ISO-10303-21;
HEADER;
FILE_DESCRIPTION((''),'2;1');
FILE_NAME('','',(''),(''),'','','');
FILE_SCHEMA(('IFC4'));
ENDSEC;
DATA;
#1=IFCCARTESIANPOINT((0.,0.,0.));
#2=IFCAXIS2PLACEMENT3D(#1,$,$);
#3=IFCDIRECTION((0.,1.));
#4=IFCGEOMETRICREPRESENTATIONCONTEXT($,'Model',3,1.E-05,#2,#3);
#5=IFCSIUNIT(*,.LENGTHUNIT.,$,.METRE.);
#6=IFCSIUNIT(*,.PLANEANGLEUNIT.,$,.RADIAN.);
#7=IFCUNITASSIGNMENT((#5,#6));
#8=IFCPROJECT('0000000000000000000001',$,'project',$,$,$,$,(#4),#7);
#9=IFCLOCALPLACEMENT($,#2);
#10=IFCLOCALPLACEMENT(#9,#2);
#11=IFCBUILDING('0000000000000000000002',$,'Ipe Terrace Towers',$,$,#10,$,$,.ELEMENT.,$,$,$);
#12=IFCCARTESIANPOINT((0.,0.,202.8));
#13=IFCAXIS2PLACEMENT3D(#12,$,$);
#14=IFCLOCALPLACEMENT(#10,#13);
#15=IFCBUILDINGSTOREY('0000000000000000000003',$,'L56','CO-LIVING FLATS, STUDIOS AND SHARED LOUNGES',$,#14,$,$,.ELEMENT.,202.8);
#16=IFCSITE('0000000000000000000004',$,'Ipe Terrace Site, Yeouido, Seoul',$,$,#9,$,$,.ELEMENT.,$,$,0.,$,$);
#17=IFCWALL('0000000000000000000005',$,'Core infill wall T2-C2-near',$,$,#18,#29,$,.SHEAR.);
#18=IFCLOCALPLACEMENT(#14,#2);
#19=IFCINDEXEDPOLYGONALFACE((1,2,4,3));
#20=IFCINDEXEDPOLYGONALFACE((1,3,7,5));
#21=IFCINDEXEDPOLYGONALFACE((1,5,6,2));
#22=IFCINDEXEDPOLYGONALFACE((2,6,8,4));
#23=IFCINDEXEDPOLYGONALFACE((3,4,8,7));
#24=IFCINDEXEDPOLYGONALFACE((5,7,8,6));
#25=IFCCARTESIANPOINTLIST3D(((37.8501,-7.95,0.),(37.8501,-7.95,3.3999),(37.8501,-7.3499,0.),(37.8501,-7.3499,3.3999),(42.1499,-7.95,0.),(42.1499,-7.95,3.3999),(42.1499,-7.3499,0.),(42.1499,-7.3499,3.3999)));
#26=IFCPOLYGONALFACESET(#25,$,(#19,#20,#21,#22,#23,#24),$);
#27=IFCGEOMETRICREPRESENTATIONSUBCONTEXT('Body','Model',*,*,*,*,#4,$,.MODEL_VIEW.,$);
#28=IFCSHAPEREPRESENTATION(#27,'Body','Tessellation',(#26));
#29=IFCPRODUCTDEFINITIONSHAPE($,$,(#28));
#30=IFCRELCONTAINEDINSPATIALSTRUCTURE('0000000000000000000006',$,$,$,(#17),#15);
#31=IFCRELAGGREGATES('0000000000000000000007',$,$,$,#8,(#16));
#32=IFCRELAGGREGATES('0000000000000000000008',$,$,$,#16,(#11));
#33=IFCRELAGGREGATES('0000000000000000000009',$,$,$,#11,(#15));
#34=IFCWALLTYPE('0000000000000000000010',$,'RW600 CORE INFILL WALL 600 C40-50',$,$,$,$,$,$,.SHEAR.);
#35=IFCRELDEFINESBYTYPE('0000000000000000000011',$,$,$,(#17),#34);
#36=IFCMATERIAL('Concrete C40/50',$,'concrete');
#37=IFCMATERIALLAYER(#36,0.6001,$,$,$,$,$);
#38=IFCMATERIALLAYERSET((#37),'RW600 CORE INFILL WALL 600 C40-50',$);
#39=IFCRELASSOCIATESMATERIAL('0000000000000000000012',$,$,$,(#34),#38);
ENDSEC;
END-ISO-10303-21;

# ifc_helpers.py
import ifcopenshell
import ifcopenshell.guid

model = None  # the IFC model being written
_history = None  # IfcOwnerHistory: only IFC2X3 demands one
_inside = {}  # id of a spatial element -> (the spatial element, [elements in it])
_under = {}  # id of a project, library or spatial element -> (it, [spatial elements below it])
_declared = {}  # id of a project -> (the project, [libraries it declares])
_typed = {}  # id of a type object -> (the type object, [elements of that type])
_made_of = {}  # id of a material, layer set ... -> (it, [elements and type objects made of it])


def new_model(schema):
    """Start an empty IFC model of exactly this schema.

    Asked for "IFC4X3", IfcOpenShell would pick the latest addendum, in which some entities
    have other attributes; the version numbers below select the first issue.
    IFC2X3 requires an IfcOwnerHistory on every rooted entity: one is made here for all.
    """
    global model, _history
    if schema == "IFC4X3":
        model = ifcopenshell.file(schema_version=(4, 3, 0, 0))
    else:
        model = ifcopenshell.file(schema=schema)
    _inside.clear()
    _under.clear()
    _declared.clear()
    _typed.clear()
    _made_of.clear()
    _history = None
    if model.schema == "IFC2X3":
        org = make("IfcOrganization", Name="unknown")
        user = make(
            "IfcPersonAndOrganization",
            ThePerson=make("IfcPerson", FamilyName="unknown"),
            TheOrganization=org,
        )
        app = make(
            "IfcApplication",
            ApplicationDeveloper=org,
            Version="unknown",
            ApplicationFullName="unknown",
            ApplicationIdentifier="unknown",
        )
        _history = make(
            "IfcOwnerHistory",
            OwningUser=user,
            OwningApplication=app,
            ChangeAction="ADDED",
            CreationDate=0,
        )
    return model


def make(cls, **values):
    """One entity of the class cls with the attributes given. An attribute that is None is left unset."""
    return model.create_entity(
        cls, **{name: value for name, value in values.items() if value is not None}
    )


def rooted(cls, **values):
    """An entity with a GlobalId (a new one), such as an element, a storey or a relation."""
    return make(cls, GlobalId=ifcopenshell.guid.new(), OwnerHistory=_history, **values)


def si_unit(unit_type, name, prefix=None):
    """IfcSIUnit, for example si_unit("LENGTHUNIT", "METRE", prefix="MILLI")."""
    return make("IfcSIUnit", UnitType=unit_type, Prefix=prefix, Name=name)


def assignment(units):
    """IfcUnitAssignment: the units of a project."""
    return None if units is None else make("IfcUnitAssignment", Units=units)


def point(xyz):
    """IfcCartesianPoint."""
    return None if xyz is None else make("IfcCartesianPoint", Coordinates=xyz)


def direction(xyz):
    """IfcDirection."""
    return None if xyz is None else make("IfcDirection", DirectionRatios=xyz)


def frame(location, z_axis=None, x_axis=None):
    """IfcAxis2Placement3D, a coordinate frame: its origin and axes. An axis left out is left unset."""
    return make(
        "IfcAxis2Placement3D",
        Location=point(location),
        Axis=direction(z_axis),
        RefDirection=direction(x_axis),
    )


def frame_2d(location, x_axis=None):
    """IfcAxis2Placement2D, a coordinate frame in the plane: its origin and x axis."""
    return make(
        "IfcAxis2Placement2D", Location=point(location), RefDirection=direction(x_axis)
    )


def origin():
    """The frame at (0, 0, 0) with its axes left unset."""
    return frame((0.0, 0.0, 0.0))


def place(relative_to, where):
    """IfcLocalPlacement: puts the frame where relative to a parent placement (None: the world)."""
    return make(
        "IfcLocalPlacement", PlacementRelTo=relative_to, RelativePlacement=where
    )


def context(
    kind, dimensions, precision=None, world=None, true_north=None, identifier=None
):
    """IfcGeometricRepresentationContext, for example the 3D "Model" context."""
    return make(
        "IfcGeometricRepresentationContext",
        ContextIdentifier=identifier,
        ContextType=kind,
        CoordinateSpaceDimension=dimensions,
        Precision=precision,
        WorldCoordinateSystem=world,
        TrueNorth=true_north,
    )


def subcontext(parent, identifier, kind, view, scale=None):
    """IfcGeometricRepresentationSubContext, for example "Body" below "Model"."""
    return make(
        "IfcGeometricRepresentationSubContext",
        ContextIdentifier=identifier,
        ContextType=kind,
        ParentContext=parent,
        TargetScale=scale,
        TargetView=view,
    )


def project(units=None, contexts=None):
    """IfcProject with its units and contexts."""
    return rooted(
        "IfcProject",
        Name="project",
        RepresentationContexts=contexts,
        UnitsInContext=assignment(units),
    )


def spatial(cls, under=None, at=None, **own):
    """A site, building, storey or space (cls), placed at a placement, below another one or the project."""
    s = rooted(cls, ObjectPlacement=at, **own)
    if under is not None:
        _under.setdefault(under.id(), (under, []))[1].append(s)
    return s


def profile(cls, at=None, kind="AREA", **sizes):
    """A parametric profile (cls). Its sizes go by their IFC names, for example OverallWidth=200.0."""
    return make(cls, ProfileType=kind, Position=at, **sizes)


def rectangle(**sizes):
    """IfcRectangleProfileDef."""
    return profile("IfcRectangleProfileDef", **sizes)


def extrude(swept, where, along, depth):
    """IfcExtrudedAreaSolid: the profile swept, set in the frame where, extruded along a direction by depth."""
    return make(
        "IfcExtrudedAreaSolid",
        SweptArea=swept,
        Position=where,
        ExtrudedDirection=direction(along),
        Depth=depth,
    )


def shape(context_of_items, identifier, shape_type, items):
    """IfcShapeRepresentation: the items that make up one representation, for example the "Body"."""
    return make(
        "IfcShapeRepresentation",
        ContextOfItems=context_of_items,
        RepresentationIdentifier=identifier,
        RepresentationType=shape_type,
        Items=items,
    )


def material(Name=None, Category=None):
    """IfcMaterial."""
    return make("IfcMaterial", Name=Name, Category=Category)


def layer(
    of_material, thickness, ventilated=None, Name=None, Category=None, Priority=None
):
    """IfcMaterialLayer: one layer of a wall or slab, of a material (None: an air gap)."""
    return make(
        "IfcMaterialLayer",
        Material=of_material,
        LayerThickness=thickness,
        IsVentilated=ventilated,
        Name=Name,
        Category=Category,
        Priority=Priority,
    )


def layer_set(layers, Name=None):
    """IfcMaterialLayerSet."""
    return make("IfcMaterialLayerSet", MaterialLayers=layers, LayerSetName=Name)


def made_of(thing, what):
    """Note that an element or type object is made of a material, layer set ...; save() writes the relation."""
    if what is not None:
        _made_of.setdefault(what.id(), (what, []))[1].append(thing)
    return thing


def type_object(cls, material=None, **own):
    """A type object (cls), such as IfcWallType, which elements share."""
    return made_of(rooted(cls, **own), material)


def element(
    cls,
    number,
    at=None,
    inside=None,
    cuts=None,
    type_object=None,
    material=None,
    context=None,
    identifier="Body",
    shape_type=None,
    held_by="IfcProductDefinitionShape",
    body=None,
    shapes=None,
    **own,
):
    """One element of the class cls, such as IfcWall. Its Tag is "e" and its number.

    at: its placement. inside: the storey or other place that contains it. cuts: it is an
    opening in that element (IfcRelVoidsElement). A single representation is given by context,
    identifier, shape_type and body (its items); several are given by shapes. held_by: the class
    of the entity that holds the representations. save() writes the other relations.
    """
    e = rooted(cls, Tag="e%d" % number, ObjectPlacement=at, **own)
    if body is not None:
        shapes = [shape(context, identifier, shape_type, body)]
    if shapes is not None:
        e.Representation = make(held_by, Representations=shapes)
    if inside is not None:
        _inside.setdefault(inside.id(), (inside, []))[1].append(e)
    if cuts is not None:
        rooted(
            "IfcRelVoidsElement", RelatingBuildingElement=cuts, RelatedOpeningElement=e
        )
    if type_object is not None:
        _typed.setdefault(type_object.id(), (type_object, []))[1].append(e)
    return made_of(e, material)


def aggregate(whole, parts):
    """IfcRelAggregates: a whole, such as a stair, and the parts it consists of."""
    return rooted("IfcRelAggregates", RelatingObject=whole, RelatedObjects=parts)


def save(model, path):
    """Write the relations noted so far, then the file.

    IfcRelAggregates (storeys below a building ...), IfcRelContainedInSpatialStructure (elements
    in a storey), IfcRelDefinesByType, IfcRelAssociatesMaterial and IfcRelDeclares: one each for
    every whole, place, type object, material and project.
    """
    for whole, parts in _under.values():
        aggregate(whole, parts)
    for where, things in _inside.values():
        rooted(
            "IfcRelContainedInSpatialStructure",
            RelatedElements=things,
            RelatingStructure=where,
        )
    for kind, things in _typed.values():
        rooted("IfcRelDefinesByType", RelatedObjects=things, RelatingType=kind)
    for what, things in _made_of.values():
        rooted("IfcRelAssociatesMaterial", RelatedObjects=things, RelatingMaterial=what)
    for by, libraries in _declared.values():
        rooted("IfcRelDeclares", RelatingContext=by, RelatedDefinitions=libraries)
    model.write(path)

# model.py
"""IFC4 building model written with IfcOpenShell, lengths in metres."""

from ifc_helpers import new_model, si_unit, direction, frame, frame_2d, origin, place, context, subcontext, project, spatial, rectangle, extrude, material, layer, layer_set, type_object, element, save


model = new_model("IFC4")

# Units and contexts
model_context = context("Model", 3, precision=1e-05, world=origin(), true_north=direction((0.0, 1.0)))
body_context = subcontext(model_context, "Body", "Model", "MODEL_VIEW")
ifc_project = project(units=[si_unit("LENGTHUNIT", "METRE"), si_unit("PLANEANGLEUNIT", "RADIAN")], contexts=[model_context])

# Site, building, storey
site_placement = place(None, origin())
site = spatial("IfcSite", under=ifc_project, at=site_placement, Name="Ipe Terrace Site, Yeouido, Seoul", CompositionType="ELEMENT", RefElevation=0.0)
building_placement = place(site_placement, origin())
building = spatial("IfcBuilding", under=site, at=building_placement, Name="Ipe Terrace Towers", CompositionType="ELEMENT")
storey_placement = place(building_placement, frame((0.0, 0.0, 202.8)))
storey = spatial("IfcBuildingStorey", under=building, at=storey_placement, Name="L56", Description="CO-LIVING FLATS, STUDIOS AND SHARED LOUNGES", CompositionType="ELEMENT", Elevation=202.8)

# Wall
ifc_material_1 = material(Name="Concrete C40/50", Category="concrete")
ifc_layer_1 = layer(ifc_material_1, 0.6001)
ifc_layer_set_1 = layer_set([ifc_layer_1], Name="RW600 CORE INFILL WALL 600 C40-50")
wall_type_1 = type_object("IfcWallType", Name="RW600 CORE INFILL WALL 600 C40-50", PredefinedType="SHEAR", material=ifc_layer_set_1)
wall_1_placement = place(storey_placement, frame((37.8501, -7.6499, 0.0), z_axis=(0.0, 0.0, 1.0), x_axis=(1.0, 0.0, 0.0)))
element("IfcWall", 1, at=wall_1_placement, inside=storey, type_object=wall_type_1, Name="Core infill wall T2-C2-near", PredefinedType="SHEAR", context=body_context, shape_type="SweptSolid", body=[
    extrude(rectangle(XDim=4.2998, YDim=0.6001, at=frame_2d((2.1499, 0.0))), origin(), (0.0, 0.0, 1.0), 3.3999),
])

save(model, "model.ifc")
